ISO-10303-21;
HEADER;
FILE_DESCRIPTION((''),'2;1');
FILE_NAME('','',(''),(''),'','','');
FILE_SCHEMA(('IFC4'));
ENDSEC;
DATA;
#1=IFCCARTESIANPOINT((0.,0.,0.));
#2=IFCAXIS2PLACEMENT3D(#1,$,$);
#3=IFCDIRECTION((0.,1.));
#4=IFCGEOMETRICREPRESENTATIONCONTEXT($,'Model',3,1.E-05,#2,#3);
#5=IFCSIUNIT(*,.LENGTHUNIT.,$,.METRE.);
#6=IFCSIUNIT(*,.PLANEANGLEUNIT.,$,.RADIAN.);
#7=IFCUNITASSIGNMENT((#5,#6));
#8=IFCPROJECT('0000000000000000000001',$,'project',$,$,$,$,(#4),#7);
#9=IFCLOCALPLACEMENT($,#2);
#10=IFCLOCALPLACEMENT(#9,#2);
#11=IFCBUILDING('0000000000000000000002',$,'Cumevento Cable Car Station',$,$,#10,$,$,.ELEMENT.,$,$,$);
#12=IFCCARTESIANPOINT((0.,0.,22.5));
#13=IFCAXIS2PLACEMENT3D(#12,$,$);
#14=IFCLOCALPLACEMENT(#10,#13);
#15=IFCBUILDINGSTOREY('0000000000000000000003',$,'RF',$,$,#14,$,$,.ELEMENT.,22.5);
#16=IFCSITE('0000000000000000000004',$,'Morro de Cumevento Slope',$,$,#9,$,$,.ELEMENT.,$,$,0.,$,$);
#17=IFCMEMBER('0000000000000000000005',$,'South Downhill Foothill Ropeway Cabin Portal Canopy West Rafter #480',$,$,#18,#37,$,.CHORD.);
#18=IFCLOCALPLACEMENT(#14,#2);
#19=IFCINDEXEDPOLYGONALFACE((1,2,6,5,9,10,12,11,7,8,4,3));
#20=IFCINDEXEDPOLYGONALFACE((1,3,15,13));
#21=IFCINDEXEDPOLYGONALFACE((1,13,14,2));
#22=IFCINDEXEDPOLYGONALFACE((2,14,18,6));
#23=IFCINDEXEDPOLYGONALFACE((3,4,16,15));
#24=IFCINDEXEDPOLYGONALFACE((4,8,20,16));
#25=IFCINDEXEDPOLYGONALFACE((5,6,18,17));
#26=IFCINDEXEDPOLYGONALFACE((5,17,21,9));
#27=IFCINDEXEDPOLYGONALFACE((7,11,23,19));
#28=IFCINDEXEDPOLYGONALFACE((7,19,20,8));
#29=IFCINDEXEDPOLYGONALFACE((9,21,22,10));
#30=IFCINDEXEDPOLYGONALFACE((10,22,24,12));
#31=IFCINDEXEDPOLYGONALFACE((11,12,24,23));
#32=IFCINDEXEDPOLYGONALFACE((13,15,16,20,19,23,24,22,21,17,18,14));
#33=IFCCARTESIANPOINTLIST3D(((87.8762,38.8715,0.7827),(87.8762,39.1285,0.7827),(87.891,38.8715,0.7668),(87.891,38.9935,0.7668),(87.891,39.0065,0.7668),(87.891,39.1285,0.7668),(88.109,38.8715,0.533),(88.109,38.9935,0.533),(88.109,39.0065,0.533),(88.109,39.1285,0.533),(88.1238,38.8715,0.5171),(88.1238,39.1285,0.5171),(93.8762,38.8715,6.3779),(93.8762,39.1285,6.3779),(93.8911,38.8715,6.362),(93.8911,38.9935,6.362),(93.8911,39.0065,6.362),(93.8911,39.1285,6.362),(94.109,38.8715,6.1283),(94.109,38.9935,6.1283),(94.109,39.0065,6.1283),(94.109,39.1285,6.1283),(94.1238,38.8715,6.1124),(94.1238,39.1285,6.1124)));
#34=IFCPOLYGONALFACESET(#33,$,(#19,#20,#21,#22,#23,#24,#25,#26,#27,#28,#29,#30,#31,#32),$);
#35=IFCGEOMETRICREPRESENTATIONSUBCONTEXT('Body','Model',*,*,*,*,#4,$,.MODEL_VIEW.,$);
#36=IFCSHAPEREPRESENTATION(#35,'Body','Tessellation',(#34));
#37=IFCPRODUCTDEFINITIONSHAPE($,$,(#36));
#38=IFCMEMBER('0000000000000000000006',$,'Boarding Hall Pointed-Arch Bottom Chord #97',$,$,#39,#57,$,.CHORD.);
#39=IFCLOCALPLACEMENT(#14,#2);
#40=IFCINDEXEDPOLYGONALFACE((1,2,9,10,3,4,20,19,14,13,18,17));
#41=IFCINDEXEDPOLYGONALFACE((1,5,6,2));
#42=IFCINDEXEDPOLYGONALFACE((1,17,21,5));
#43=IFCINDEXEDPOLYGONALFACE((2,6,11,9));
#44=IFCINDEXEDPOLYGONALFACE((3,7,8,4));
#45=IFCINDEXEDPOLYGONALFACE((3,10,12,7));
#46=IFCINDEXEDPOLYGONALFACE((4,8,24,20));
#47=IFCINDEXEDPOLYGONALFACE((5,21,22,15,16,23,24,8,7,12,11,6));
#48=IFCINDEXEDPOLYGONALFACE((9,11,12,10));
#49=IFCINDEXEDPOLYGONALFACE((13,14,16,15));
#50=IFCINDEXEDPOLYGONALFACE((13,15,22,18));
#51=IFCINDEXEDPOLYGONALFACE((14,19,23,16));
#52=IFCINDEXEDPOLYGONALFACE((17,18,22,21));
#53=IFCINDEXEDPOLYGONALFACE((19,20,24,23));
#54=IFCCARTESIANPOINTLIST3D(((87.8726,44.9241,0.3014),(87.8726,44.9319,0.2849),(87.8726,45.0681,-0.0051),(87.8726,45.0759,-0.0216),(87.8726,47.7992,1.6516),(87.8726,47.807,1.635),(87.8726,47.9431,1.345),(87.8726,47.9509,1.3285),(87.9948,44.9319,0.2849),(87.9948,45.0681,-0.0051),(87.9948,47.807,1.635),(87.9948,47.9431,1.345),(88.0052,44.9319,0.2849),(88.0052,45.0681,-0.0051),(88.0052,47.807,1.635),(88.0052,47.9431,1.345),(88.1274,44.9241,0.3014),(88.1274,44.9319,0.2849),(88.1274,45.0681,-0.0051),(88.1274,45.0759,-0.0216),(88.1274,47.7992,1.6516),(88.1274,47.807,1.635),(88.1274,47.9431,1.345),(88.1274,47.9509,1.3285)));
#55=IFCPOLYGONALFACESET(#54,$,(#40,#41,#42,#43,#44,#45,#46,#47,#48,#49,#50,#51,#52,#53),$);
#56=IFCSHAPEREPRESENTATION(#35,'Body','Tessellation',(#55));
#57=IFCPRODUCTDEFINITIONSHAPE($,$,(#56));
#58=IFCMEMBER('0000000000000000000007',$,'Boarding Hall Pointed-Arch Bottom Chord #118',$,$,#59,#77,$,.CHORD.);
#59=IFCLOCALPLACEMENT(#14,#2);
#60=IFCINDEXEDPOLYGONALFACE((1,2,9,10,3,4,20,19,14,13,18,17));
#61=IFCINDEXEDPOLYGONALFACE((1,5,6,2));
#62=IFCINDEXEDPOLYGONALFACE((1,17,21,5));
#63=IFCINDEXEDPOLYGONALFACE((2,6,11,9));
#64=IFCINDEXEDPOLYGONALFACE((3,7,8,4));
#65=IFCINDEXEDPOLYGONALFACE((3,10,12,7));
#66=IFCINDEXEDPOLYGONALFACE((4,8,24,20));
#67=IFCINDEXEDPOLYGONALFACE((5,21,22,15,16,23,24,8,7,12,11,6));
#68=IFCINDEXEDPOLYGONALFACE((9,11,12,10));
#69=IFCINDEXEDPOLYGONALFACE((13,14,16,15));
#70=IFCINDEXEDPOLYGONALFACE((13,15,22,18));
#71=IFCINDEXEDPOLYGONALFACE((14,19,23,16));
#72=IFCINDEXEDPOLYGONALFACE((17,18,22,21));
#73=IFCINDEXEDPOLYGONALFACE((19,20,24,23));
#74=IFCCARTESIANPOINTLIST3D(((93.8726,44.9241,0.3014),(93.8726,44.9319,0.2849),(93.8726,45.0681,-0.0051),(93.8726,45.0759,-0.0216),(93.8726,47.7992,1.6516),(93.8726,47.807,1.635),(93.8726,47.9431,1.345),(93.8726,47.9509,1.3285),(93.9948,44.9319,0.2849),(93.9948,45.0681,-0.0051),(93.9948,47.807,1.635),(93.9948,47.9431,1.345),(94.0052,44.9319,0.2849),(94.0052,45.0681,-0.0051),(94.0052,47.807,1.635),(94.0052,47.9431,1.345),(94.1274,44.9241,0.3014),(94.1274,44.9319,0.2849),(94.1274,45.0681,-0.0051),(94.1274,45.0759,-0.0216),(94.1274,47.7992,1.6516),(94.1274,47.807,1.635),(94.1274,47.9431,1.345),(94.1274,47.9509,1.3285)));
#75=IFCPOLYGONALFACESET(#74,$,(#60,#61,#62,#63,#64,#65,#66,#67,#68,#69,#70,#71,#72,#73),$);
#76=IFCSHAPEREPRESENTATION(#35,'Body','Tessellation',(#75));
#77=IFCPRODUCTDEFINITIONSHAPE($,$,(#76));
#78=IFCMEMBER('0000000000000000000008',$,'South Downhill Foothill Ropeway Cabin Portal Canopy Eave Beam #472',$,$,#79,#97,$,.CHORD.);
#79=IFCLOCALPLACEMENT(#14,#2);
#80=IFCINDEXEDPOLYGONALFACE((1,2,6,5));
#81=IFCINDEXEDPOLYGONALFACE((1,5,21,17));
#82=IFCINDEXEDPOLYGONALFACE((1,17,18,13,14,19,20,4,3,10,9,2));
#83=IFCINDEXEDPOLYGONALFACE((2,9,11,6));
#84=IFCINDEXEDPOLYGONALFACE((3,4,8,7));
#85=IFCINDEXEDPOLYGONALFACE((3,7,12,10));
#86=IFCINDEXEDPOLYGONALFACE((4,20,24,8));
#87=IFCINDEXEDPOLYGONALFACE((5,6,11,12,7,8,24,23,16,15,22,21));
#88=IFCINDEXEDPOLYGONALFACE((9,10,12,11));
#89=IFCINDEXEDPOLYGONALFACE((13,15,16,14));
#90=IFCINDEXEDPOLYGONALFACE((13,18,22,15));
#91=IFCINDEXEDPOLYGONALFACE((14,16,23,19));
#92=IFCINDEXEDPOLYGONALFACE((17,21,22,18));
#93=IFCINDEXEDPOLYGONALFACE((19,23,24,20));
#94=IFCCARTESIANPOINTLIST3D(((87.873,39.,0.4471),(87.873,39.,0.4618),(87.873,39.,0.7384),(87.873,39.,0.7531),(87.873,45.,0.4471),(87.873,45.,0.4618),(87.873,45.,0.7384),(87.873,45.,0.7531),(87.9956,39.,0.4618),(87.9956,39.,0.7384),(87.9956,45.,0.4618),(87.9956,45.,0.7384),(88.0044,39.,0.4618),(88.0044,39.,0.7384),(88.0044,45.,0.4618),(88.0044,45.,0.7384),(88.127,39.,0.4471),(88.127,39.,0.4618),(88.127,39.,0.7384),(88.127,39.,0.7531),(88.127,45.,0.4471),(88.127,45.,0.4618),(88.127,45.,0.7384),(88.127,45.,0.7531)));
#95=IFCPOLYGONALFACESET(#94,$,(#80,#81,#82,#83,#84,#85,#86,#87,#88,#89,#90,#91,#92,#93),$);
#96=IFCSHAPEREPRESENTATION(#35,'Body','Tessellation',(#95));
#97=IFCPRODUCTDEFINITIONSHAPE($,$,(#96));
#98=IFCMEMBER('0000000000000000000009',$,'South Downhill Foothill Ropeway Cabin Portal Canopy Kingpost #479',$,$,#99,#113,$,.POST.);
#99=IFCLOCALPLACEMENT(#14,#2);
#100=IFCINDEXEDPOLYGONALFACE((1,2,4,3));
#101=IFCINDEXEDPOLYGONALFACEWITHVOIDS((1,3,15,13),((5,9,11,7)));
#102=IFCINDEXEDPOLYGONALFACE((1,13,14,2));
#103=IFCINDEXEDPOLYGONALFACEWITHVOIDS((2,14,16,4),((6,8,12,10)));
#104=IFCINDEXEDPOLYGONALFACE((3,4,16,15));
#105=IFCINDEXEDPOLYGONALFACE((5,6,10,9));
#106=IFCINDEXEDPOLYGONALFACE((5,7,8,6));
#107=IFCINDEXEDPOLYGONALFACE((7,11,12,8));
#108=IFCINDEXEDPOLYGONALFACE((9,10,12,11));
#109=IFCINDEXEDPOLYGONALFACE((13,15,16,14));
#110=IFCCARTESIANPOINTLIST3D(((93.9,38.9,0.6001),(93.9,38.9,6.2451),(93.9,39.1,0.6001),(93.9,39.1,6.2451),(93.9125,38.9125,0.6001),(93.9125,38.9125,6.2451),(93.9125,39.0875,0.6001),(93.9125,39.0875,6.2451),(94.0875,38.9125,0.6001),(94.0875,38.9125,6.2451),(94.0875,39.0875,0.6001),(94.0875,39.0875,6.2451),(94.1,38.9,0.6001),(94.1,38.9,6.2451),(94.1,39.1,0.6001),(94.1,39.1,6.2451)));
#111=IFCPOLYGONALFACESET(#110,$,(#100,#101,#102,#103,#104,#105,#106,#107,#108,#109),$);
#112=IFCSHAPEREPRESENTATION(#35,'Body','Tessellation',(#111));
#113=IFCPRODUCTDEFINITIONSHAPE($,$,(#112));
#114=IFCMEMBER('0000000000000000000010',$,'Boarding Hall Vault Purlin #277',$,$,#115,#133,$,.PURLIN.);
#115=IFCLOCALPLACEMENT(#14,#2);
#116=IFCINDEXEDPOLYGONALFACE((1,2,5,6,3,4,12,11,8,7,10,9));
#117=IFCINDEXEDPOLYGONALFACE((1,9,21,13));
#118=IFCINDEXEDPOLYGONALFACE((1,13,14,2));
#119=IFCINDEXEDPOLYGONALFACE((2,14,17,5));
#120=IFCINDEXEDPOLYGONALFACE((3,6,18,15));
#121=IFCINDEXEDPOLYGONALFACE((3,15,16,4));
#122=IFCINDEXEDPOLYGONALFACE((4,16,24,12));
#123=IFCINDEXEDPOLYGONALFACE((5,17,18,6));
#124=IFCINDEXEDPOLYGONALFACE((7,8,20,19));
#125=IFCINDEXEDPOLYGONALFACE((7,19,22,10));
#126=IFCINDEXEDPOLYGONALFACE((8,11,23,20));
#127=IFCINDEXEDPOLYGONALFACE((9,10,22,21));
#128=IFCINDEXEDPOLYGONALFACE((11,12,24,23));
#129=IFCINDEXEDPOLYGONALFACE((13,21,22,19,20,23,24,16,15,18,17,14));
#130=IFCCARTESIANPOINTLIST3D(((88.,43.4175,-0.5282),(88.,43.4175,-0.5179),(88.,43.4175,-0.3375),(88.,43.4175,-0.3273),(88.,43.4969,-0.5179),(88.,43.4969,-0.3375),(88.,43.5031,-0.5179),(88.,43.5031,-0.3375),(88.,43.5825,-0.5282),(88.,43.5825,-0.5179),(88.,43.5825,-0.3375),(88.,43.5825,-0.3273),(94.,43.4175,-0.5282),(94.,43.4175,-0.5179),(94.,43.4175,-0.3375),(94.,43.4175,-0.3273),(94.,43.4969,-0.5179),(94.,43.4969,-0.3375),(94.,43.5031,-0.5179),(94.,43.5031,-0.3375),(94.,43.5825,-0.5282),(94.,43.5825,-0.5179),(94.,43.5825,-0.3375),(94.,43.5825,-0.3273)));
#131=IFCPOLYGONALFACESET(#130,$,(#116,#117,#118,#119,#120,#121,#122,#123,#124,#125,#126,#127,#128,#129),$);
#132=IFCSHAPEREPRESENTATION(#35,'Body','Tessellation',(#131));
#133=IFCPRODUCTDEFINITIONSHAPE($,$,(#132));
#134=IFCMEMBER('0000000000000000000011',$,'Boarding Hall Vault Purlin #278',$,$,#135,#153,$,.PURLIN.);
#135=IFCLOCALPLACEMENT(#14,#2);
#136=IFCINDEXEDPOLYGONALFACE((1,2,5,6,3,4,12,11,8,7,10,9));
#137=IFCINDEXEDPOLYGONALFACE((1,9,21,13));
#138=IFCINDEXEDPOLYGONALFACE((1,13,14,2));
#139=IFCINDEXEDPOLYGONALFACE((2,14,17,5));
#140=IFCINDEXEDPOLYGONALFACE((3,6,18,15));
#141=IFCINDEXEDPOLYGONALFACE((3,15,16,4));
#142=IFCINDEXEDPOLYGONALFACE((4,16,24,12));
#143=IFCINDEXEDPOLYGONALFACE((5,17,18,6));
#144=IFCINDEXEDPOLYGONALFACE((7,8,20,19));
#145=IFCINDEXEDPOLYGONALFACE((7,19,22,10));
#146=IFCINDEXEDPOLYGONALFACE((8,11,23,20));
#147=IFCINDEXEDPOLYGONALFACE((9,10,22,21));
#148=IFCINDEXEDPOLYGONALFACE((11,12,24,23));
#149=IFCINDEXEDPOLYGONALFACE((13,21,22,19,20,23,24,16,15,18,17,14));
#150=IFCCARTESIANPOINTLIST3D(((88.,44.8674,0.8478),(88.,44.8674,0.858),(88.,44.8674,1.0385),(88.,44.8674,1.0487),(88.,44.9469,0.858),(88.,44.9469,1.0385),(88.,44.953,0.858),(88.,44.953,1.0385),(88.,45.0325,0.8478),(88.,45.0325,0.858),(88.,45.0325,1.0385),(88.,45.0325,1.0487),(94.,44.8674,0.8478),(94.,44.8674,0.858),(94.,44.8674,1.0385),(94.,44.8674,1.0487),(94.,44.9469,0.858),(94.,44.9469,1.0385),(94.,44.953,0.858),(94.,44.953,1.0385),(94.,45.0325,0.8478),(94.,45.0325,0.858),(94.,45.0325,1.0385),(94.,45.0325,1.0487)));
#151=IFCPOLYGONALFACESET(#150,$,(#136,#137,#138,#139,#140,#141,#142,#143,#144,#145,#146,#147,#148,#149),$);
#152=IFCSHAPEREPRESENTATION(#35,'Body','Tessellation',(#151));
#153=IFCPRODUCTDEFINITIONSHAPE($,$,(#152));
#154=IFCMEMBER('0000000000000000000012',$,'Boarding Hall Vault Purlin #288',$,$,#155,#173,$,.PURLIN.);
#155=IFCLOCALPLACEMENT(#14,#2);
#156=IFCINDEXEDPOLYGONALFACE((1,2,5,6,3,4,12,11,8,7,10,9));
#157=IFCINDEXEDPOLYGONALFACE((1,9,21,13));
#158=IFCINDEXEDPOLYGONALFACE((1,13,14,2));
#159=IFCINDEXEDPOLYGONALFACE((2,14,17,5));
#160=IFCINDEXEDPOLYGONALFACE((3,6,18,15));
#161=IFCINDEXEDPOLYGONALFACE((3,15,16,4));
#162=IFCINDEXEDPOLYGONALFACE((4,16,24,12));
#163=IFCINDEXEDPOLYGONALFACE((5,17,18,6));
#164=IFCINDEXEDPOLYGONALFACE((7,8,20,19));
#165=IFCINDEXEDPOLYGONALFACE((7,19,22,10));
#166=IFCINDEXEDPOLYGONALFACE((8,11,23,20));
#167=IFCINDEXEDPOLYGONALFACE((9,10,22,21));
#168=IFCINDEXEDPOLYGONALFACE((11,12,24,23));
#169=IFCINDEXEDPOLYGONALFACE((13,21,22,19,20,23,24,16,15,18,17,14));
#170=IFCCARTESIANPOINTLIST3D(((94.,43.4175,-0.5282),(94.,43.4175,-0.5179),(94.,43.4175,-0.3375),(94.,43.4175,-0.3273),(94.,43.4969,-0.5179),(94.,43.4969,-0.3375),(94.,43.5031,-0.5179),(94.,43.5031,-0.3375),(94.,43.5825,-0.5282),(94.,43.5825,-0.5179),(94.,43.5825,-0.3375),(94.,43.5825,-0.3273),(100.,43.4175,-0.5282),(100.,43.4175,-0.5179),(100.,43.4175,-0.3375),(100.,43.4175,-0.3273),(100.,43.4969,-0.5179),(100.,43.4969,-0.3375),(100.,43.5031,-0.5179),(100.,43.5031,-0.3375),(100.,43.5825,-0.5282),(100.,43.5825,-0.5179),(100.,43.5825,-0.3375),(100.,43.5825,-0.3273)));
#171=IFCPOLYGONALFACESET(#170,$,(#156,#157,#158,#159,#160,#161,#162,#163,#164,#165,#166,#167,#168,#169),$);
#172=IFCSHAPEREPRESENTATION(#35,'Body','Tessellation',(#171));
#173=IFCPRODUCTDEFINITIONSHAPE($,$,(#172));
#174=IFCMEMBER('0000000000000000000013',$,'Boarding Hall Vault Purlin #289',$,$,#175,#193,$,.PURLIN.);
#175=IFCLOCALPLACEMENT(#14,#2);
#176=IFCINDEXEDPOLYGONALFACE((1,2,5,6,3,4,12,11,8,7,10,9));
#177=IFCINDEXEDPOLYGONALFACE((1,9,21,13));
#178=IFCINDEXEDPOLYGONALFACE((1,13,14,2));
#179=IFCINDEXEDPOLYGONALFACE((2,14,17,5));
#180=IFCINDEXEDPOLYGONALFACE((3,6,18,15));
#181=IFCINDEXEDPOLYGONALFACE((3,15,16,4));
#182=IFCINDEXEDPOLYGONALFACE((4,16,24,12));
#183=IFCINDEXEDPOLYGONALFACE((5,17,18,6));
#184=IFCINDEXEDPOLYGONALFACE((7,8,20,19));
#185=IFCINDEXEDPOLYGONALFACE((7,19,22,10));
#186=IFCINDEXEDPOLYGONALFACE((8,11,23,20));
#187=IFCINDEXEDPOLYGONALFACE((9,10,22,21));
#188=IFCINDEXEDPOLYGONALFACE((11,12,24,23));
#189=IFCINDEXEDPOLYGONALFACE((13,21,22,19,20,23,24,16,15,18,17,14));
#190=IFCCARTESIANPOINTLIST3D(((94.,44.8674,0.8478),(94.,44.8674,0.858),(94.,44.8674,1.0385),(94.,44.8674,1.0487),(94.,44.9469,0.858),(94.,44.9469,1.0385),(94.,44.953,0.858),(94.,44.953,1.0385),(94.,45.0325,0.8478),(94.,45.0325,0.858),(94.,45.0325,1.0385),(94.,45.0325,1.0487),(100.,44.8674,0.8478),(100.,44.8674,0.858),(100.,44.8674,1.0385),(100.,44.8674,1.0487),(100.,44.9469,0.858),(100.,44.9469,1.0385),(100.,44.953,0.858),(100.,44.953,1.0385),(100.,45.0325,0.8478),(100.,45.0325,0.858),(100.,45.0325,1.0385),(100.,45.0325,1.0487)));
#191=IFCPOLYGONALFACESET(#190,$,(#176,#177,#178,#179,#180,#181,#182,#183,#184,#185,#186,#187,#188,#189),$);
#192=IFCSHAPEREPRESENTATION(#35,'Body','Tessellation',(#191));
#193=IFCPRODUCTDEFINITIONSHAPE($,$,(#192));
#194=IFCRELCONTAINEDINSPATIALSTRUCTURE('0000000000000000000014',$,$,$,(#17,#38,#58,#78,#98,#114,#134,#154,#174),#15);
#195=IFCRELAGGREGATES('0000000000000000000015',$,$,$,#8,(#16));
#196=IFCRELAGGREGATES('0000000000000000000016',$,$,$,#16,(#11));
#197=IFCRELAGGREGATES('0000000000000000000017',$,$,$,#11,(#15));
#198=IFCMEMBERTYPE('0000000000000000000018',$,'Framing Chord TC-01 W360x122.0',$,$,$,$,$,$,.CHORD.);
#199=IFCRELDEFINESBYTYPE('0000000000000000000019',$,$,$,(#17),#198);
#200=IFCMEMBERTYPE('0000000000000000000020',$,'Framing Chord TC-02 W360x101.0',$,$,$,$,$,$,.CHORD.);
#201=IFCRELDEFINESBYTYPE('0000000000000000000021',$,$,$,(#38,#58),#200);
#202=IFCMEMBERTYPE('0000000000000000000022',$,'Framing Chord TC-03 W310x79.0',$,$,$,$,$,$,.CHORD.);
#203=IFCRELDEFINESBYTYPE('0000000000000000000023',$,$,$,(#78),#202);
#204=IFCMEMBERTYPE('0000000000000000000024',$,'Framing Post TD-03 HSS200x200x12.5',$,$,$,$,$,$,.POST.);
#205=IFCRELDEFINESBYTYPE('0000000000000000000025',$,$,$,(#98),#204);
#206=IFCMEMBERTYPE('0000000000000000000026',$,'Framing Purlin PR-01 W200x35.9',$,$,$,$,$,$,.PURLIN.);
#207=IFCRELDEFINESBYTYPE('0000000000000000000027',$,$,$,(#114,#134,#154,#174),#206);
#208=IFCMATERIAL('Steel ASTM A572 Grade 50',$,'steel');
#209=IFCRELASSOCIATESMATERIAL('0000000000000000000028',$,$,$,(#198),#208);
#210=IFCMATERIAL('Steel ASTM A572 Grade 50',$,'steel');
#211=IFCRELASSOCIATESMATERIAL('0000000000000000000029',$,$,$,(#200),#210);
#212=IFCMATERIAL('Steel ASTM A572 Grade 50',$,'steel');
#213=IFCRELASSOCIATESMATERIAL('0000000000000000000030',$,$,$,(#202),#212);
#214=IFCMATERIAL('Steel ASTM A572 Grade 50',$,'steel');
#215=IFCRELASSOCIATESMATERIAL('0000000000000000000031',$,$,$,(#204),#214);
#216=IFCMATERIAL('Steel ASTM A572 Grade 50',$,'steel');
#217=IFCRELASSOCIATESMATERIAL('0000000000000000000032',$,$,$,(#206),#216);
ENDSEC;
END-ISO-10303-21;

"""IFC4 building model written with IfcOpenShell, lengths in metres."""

from ifc_helpers import new_model, si_unit, direction, frame, origin, origin_2d, place, context, subcontext, project, spatial, hollow_rectangle, i_section, extrude, material, material_profile, profile_set, type_object, element, save


model = new_model("IFC4")

# Units and contexts
model_context = context("Model", 3, precision=1e-05, world=origin(), true_north=direction((0.0, 1.0)))
body_context = subcontext(model_context, "Body", "Model", "MODEL_VIEW")
ifc_project = project(units=[si_unit("LENGTHUNIT", "METRE"), si_unit("PLANEANGLEUNIT", "RADIAN")], contexts=[model_context])

# Site, building, storey
site_placement = place(None, origin())
site = spatial("IfcSite", under=ifc_project, at=site_placement, Name="Morro de Cumevento Slope", CompositionType="ELEMENT", RefElevation=0.0)
building_placement = place(site_placement, origin())
building = spatial("IfcBuilding", under=site, at=building_placement, Name="Cumevento Cable Car Station", CompositionType="ELEMENT")
storey_placement = place(building_placement, frame((0.0, 0.0, 22.5)))
storey = spatial("IfcBuildingStorey", under=building, at=storey_placement, Name="RF", CompositionType="ELEMENT", Elevation=22.5)

# Members
ifc_material_1 = material(Name="Steel ASTM A572 Grade 50", Category="steel")
ifc_material_profile_1 = material_profile(ifc_material_1, i_section(OverallWidth=0.2571, OverallDepth=0.363, WebThickness=0.0129, FlangeThickness=0.0217, at=origin_2d()), Name="W360x122.0")
ifc_profile_set_1 = profile_set([ifc_material_profile_1], Name="Steel ASTM A572 Grade 50")
member_type_1 = type_object("IfcMemberType", Name="Framing Chord TC-01 W360x122.0", PredefinedType="CHORD", material=ifc_profile_set_1)
for number, where, z_axis, x_axis, name in (
    (1, (88.0, 39.0, 0.6499), (0.731346, 0.0, 0.682006), (0.0, 1.0, 0.0), "South Downhill Foothill Ropeway Cabin Portal Canopy West Rafter #480"),
):
    element("IfcMember", number, at=place(storey_placement, frame(where, z_axis=z_axis, x_axis=x_axis)), inside=storey, type_object=member_type_1, Name=name, PredefinedType="CHORD", context=body_context, shape_type="SweptSolid", body=[
        extrude(i_section(OverallWidth=0.2571, OverallDepth=0.363, WebThickness=0.0129, FlangeThickness=0.0217, at=origin_2d()), origin(), (0.0, 0.0, 1.0), 8.2041),
    ])
ifc_material_2 = material(Name="Steel ASTM A572 Grade 50", Category="steel")
ifc_material_profile_2 = material_profile(ifc_material_2, i_section(OverallWidth=0.2549, OverallDepth=0.3569, WebThickness=0.0105, FlangeThickness=0.0183, at=origin_2d()), Name="W360x101.0")
ifc_profile_set_2 = profile_set([ifc_material_profile_2], Name="Steel ASTM A572 Grade 50")
member_type_2 = type_object("IfcMemberType", Name="Framing Chord TC-02 W360x101.0", PredefinedType="CHORD", material=ifc_profile_set_2)
for number, where, z_axis, x_axis, name in (
    (2, (88.0, 45.0, 0.1399), (0.0, 0.905163, 0.425064), (-1.0, 0.0, 0.0), "Boarding Hall Pointed-Arch Bottom Chord #97"),
    (3, (94.0, 45.0, 0.1399), (0.0, 0.905163, 0.425064), (-1.0, 0.0, 0.0), "Boarding Hall Pointed-Arch Bottom Chord #118"),
):
    element("IfcMember", number, at=place(storey_placement, frame(where, z_axis=z_axis, x_axis=x_axis)), inside=storey, type_object=member_type_2, Name=name, PredefinedType="CHORD", context=body_context, shape_type="SweptSolid", body=[
        extrude(i_section(OverallWidth=0.2549, OverallDepth=0.3569, WebThickness=0.0105, FlangeThickness=0.0183, at=origin_2d()), origin(), (0.0, 0.0, 1.0), 3.1763),
    ])
ifc_material_3 = material(Name="Steel ASTM A572 Grade 50", Category="steel")
ifc_material_profile_3 = material_profile(ifc_material_3, i_section(OverallWidth=0.2539, OverallDepth=0.3059, WebThickness=0.0088, FlangeThickness=0.0146, at=origin_2d()), Name="W310x79.0")
ifc_profile_set_3 = profile_set([ifc_material_profile_3], Name="Steel ASTM A572 Grade 50")
member_type_3 = type_object("IfcMemberType", Name="Framing Chord TC-03 W310x79.0", PredefinedType="CHORD", material=ifc_profile_set_3)
member_1_placement = place(storey_placement, frame((88.0, 45.0, 0.6001), z_axis=(0.0, -1.0, 0.0), x_axis=(1.0, 0.0, 0.0)))
element("IfcMember", 4, at=member_1_placement, inside=storey, type_object=member_type_3, Name="South Downhill Foothill Ropeway Cabin Portal Canopy Eave Beam #472", PredefinedType="CHORD", context=body_context, shape_type="SweptSolid", body=[
    extrude(i_section(OverallWidth=0.2539, OverallDepth=0.3059, WebThickness=0.0088, FlangeThickness=0.0146, at=origin_2d()), origin(), (0.0, 0.0, 1.0), 6.0),
])
ifc_material_4 = material(Name="Steel ASTM A572 Grade 50", Category="steel")
ifc_material_profile_4 = material_profile(ifc_material_4, hollow_rectangle(XDim=0.2, YDim=0.2, WallThickness=0.0125, at=origin_2d()), Name="HSS200x200x12.5")
ifc_profile_set_4 = profile_set([ifc_material_profile_4], Name="Steel ASTM A572 Grade 50")
member_type_4 = type_object("IfcMemberType", Name="Framing Post TD-03 HSS200x200x12.5", PredefinedType="POST", material=ifc_profile_set_4)
member_2_placement = place(storey_placement, frame((94.0, 39.0, 0.6001), z_axis=(0.0, 0.0, 1.0), x_axis=(1.0, 0.0, 0.0)))
element("IfcMember", 5, at=member_2_placement, inside=storey, type_object=member_type_4, Name="South Downhill Foothill Ropeway Cabin Portal Canopy Kingpost #479", PredefinedType="POST", context=body_context, shape_type="SweptSolid", body=[
    extrude(hollow_rectangle(XDim=0.2, YDim=0.2, WallThickness=0.0125, at=origin_2d()), origin(), (0.0, 0.0, 1.0), 5.645),
])
ifc_material_5 = material(Name="Steel ASTM A572 Grade 50", Category="steel")
ifc_material_profile_5 = material_profile(ifc_material_5, i_section(OverallWidth=0.165, OverallDepth=0.2009, WebThickness=0.0061, FlangeThickness=0.0103, at=origin_2d()), Name="W200x35.9")
ifc_profile_set_5 = profile_set([ifc_material_profile_5], Name="Steel ASTM A572 Grade 50")
member_type_5 = type_object("IfcMemberType", Name="Framing Purlin PR-01 W200x35.9", PredefinedType="PURLIN", material=ifc_profile_set_5)
for number, where, z_axis, x_axis, name in (
    (6, (88.0, 43.5, -0.4277), (1.0, 0.0, 0.0), (0.0, 1.0, 0.0), "Boarding Hall Vault Purlin #277"),
    (7, (88.0, 44.95, 0.9482), (1.0, 0.0, 0.0), (0.0, 1.0, 0.0), "Boarding Hall Vault Purlin #278"),
    (8, (94.0, 43.5, -0.4277), (1.0, 0.0, 0.0), (0.0, 1.0, 0.0), "Boarding Hall Vault Purlin #288"),
    (9, (94.0, 44.95, 0.9482), (1.0, 0.0, 0.0), (0.0, 1.0, 0.0), "Boarding Hall Vault Purlin #289"),
):
    element("IfcMember", number, at=place(storey_placement, frame(where, z_axis=z_axis, x_axis=x_axis)), inside=storey, type_object=member_type_5, Name=name, PredefinedType="PURLIN", context=body_context, shape_type="SweptSolid", body=[
        extrude(i_section(OverallWidth=0.165, OverallDepth=0.2009, WebThickness=0.0061, FlangeThickness=0.0103, at=origin_2d()), origin(), (0.0, 0.0, 1.0), 6.0),
    ])

save(model, "model.ifc")
